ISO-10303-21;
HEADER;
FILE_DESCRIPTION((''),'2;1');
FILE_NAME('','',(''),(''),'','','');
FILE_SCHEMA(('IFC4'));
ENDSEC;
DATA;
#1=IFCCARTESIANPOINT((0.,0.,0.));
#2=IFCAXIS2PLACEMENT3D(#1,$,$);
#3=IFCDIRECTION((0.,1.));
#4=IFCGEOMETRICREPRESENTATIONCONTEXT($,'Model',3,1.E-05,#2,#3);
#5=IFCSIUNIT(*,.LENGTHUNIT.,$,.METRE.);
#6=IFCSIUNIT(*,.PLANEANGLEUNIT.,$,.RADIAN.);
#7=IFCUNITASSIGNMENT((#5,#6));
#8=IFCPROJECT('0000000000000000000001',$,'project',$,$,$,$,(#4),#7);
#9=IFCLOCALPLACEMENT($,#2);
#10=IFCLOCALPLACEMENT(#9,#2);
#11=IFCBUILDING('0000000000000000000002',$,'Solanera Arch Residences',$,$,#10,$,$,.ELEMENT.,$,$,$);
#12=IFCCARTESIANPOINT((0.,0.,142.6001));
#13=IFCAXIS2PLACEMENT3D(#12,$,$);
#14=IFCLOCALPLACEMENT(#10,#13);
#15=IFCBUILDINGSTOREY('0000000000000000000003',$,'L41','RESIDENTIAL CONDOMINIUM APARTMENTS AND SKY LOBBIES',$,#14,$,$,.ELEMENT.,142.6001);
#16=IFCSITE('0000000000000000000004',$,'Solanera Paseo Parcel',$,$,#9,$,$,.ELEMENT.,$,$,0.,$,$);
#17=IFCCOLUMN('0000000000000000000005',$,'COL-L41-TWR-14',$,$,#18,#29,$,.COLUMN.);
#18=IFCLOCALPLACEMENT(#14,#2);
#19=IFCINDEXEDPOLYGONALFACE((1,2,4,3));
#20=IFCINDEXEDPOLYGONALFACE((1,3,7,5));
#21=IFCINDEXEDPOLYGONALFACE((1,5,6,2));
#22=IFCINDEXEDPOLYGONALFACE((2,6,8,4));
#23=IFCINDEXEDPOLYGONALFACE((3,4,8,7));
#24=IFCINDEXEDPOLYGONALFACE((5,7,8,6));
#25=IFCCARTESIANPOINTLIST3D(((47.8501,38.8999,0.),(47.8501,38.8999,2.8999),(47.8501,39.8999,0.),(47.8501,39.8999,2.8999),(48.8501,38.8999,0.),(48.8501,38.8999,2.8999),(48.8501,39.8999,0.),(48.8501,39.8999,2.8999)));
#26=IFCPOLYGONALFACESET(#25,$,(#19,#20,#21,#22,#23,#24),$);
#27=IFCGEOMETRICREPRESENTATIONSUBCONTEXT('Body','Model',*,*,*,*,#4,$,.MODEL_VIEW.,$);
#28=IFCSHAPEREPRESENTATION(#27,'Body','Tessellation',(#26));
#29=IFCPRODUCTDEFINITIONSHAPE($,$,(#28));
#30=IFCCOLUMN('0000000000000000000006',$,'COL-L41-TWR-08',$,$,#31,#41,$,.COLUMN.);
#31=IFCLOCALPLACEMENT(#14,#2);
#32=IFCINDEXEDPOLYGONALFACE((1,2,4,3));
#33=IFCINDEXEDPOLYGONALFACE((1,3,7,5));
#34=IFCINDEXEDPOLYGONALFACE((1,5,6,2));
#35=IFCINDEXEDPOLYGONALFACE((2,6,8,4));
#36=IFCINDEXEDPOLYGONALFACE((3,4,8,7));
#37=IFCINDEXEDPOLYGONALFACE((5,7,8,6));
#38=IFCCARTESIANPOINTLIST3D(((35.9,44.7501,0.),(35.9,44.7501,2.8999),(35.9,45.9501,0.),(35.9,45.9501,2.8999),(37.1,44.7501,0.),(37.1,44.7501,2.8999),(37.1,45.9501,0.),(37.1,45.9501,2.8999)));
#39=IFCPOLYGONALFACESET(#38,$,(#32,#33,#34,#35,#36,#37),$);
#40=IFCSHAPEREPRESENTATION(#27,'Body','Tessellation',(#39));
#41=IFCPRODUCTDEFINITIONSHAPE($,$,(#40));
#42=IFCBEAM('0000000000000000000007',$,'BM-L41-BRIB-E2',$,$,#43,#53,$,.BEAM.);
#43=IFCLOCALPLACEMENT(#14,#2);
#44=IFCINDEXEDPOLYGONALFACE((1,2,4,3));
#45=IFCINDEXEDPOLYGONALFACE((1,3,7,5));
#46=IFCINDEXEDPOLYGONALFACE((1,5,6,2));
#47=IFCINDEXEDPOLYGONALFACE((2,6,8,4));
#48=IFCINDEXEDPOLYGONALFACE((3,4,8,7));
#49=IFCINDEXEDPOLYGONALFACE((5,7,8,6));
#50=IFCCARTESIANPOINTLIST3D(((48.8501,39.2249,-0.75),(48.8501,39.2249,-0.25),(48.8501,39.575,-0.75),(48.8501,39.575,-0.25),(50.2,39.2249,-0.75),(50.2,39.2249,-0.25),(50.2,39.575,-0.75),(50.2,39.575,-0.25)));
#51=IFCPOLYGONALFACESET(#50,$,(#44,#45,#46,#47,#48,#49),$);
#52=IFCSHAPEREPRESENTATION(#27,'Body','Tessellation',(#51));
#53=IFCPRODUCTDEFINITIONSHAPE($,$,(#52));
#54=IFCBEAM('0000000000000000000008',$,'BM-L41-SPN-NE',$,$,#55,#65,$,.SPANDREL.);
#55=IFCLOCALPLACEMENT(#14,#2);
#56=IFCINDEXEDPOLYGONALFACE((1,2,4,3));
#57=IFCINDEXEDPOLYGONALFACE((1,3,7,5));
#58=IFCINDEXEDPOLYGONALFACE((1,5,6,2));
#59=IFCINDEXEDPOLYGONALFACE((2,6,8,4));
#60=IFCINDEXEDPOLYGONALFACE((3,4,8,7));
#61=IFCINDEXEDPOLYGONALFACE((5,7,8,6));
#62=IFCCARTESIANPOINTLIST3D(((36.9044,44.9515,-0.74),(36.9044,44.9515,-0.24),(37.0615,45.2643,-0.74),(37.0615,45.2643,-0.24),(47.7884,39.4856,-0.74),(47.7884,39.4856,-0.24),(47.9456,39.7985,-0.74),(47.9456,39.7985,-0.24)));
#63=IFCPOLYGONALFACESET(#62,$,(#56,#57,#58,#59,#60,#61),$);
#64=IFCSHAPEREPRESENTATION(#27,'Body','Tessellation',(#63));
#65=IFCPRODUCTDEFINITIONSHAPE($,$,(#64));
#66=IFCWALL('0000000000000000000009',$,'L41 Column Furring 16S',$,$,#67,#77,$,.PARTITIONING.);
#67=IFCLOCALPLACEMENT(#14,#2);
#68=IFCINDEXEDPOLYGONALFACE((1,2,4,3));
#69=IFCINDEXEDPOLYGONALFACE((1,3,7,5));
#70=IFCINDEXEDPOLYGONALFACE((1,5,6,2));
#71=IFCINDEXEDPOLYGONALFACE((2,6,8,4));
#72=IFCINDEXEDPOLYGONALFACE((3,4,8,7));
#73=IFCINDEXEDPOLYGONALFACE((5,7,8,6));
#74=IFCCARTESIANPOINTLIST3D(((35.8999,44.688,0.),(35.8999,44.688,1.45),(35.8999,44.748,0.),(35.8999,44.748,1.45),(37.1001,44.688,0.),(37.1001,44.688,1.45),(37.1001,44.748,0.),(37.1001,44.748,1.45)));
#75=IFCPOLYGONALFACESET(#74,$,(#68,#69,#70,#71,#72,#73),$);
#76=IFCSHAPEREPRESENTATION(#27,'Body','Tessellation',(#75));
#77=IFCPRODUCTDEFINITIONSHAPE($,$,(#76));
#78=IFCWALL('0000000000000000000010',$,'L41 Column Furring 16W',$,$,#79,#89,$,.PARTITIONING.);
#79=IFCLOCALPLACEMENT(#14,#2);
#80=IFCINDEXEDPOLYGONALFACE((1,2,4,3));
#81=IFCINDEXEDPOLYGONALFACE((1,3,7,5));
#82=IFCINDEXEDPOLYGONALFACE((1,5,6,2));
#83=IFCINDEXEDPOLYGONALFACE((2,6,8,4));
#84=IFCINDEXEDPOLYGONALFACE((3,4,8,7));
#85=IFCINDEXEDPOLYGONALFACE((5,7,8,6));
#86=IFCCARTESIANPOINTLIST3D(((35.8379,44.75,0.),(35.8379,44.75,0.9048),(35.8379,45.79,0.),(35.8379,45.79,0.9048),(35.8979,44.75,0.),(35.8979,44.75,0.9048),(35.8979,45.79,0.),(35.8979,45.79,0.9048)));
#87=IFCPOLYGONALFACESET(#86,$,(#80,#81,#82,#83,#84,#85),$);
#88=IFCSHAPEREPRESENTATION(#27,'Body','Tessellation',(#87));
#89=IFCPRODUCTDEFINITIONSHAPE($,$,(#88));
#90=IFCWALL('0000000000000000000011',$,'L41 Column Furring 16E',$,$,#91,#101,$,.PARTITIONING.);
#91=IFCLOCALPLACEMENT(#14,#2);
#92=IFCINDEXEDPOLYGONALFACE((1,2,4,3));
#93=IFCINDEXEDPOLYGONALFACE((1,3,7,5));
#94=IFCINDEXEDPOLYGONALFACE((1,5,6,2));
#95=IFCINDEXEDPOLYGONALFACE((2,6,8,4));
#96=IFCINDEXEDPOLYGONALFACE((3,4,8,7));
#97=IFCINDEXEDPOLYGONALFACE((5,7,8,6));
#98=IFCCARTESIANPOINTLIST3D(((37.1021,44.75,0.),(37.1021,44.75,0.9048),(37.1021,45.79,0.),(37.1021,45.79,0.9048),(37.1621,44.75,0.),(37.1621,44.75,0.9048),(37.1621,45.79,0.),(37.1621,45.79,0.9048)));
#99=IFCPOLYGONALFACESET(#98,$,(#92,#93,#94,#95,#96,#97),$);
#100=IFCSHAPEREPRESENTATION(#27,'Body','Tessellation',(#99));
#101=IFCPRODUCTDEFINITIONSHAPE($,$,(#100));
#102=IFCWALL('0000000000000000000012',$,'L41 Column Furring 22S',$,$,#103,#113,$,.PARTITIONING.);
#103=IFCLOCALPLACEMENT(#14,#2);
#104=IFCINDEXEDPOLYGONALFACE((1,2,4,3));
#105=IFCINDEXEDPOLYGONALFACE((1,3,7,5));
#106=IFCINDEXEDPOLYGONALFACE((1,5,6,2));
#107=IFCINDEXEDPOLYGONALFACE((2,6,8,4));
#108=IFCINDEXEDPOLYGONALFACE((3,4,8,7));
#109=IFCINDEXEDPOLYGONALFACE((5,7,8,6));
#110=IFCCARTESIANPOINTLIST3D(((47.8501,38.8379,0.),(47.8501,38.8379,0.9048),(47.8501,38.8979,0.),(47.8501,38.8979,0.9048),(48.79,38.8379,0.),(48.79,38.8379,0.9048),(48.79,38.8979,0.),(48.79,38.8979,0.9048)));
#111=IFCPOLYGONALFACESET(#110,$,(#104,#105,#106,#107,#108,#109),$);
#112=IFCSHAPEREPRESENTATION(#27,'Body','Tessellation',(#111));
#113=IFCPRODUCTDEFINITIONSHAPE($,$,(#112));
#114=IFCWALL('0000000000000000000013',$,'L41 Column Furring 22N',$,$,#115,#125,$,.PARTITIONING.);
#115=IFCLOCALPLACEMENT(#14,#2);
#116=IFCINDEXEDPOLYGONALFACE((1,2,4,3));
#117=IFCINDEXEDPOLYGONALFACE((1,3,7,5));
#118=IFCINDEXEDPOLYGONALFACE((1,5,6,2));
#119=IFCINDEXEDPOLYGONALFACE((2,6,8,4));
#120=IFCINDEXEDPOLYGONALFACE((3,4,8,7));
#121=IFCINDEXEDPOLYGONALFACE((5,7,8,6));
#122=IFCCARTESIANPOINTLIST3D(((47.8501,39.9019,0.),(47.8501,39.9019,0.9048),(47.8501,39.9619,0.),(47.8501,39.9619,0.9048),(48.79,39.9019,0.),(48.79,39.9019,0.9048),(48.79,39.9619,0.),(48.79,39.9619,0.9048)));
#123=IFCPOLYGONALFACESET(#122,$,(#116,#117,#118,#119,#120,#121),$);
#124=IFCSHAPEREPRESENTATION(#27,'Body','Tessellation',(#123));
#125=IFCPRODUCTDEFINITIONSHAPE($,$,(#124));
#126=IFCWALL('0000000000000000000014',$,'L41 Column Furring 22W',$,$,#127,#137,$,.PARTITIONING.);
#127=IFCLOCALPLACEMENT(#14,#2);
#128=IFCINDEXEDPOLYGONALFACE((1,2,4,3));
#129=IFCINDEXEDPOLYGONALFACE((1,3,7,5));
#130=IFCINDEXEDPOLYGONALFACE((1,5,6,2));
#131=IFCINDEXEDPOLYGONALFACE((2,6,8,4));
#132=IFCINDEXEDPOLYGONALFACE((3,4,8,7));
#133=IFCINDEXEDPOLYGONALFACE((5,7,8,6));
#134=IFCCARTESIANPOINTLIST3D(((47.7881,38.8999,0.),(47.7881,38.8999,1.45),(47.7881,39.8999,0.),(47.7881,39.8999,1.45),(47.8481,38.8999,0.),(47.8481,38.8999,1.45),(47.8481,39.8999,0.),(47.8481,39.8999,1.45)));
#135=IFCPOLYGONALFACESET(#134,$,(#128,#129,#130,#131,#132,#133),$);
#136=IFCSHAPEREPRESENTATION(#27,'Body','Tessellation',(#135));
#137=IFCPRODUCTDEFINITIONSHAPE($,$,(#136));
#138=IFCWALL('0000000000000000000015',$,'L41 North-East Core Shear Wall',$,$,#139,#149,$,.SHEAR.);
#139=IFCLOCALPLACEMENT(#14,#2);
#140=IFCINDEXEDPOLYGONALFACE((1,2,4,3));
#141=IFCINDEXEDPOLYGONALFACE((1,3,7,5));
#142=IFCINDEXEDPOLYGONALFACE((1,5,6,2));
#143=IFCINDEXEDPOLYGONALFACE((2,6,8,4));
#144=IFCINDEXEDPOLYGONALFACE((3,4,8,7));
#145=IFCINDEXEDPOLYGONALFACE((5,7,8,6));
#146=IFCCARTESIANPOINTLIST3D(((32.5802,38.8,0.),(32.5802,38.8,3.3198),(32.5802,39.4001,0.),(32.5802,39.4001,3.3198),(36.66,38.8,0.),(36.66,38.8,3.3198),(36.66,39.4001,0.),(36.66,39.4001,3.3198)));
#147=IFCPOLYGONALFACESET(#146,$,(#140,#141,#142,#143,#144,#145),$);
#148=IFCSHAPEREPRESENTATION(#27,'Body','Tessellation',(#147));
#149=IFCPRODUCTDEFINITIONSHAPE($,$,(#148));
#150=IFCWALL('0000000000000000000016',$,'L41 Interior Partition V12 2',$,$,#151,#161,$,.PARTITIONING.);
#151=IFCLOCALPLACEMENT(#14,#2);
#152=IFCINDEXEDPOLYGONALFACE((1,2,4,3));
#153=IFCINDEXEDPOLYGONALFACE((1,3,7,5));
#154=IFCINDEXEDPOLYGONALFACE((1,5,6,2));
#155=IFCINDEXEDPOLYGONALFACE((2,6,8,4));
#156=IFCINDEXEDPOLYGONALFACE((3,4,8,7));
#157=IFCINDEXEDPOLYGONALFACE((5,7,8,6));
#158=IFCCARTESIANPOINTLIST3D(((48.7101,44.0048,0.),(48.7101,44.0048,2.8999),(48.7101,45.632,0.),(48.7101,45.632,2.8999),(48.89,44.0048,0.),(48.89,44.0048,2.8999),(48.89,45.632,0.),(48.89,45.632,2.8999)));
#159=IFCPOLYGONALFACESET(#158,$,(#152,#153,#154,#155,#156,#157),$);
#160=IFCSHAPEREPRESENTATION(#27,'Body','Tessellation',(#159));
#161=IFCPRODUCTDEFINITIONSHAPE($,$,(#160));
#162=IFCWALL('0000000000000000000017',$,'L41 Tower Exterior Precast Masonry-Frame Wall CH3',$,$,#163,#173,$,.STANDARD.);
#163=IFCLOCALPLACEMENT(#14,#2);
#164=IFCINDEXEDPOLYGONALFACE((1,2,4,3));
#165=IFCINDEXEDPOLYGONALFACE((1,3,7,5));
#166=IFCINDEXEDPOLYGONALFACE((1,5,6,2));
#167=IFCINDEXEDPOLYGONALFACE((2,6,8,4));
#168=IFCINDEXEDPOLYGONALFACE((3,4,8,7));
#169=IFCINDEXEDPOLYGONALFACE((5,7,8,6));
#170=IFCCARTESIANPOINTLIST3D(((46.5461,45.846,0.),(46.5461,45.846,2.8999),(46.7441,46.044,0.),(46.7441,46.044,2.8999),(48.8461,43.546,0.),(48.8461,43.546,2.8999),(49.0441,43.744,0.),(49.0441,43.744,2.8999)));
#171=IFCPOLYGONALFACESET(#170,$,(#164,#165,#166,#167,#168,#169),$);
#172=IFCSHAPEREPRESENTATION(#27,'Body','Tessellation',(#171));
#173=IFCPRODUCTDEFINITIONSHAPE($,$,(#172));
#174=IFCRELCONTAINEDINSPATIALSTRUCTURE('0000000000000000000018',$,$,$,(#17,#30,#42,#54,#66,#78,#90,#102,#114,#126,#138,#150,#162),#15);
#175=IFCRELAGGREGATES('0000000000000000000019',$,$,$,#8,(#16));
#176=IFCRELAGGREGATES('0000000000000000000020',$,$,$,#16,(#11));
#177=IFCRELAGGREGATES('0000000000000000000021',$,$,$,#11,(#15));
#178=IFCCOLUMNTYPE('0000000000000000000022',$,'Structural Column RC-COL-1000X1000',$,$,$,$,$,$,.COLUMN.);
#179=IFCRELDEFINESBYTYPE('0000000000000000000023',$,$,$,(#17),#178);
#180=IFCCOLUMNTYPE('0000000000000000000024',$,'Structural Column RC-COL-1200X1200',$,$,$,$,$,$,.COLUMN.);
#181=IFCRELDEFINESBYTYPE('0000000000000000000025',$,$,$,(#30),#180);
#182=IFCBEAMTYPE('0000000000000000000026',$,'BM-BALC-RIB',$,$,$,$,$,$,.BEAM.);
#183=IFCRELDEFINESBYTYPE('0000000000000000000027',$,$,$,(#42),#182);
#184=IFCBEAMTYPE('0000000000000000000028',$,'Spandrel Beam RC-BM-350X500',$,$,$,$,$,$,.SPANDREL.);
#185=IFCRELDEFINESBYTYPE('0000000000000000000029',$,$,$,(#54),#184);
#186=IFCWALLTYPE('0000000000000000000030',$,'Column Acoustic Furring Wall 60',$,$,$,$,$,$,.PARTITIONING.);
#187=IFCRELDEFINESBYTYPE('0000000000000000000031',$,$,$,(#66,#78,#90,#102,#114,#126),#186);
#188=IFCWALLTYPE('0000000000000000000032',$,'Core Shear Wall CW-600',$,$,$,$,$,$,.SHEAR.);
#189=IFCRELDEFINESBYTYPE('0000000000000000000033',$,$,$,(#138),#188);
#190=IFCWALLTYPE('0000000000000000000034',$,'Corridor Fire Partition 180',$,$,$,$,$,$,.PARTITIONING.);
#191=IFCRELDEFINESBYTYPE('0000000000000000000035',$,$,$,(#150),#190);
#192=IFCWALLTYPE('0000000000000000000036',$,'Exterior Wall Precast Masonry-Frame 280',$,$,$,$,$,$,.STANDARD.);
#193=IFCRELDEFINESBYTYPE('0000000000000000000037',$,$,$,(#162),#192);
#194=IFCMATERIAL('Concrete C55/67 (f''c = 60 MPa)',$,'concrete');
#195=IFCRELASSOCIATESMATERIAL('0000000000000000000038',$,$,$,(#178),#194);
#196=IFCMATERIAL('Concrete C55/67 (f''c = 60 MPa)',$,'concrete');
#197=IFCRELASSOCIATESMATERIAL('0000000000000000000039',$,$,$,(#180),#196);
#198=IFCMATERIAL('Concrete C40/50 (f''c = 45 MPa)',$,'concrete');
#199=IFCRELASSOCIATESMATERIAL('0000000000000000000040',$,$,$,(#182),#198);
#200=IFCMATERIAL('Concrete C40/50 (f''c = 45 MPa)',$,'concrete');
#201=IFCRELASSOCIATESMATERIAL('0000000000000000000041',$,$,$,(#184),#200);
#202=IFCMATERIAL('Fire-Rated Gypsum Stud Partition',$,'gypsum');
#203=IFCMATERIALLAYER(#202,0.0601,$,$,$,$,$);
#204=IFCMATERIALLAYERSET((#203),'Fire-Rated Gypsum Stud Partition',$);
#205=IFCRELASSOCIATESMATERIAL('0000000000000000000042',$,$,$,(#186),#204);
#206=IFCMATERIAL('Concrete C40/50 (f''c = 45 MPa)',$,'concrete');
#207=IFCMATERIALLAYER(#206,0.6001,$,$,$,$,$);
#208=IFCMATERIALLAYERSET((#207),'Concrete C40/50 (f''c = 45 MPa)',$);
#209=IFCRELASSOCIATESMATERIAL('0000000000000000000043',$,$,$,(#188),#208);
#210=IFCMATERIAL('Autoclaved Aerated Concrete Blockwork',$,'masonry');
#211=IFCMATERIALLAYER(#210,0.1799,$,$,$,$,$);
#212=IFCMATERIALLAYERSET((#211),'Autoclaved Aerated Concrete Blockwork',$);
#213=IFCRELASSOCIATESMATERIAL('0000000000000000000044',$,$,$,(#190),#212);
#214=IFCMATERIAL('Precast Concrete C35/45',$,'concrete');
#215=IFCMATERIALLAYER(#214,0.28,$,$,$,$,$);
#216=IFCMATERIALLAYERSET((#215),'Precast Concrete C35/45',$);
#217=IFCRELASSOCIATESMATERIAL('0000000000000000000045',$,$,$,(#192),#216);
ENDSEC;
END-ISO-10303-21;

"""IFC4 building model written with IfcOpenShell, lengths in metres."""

from ifc_helpers import new_model, si_unit, direction, frame, frame_2d, origin, origin_2d, place, context, subcontext, project, spatial, rectangle, extrude, material, layer, layer_set, material_profile, profile_set, type_object, element, save


model = new_model("IFC4")

# Units and contexts
model_context = context("Model", 3, precision=1e-05, world=origin(), true_north=direction((0.0, 1.0)))
body_context = subcontext(model_context, "Body", "Model", "MODEL_VIEW")
ifc_project = project(units=[si_unit("LENGTHUNIT", "METRE"), si_unit("PLANEANGLEUNIT", "RADIAN")], contexts=[model_context])

# Site, building, storey
site_placement = place(None, origin())
site = spatial("IfcSite", under=ifc_project, at=site_placement, Name="Solanera Paseo Parcel", CompositionType="ELEMENT", RefElevation=0.0)
building_placement = place(site_placement, origin())
building = spatial("IfcBuilding", under=site, at=building_placement, Name="Solanera Arch Residences", CompositionType="ELEMENT")
storey_placement = place(building_placement, frame((0.0, 0.0, 142.6001)))
storey = spatial("IfcBuildingStorey", under=building, at=storey_placement, Name="L41", Description="RESIDENTIAL CONDOMINIUM APARTMENTS AND SKY LOBBIES", CompositionType="ELEMENT", Elevation=142.6001)

# Columns
ifc_material_1 = material(Name="Concrete C55/67 (f'c = 60 MPa)", Category="concrete")
ifc_material_profile_1 = material_profile(ifc_material_1, rectangle(XDim=1.0, YDim=1.0, at=origin_2d()))
ifc_profile_set_1 = profile_set([ifc_material_profile_1], Name="Concrete C55/67 (f'c = 60 MPa)")
column_type_1 = type_object("IfcColumnType", Name="Structural Column RC-COL-1000X1000", PredefinedType="COLUMN", material=ifc_profile_set_1)
column_1_placement = place(storey_placement, frame((48.3501, 39.3999, 0.0), z_axis=(0.0, 0.0, 1.0), x_axis=(1.0, 0.0, 0.0)))
element("IfcColumn", 1, at=column_1_placement, inside=storey, type_object=column_type_1, Name="COL-L41-TWR-14", PredefinedType="COLUMN", context=body_context, shape_type="SweptSolid", body=[
    extrude(rectangle(XDim=1.0, YDim=1.0, at=origin_2d()), origin(), (0.0, 0.0, 1.0), 2.8999),
])
ifc_material_2 = material(Name="Concrete C55/67 (f'c = 60 MPa)", Category="concrete")
ifc_material_profile_2 = material_profile(ifc_material_2, rectangle(XDim=1.2, YDim=1.2, at=origin_2d()))
ifc_profile_set_2 = profile_set([ifc_material_profile_2], Name="Concrete C55/67 (f'c = 60 MPa)")
column_type_2 = type_object("IfcColumnType", Name="Structural Column RC-COL-1200X1200", PredefinedType="COLUMN", material=ifc_profile_set_2)
column_2_placement = place(storey_placement, frame((36.5, 45.3501, 0.0), z_axis=(0.0, 0.0, 1.0), x_axis=(1.0, 0.0, 0.0)))
element("IfcColumn", 2, at=column_2_placement, inside=storey, type_object=column_type_2, Name="COL-L41-TWR-08", PredefinedType="COLUMN", context=body_context, shape_type="SweptSolid", body=[
    extrude(rectangle(XDim=1.2, YDim=1.2, at=origin_2d()), origin(), (0.0, 0.0, 1.0), 2.8999),
])

# Beams
ifc_material_3 = material(Name="Concrete C40/50 (f'c = 45 MPa)", Category="concrete")
ifc_material_profile_3 = material_profile(ifc_material_3, rectangle(XDim=0.3501, YDim=0.5, at=origin_2d()))
ifc_profile_set_3 = profile_set([ifc_material_profile_3], Name="Concrete C40/50 (f'c = 45 MPa)")
beam_type_1 = type_object("IfcBeamType", Name="BM-BALC-RIB", PredefinedType="BEAM", material=ifc_profile_set_3)
beam_1_placement = place(storey_placement, frame((48.8501, 39.3999, -0.5), z_axis=(1.0, 0.0, 0.0), x_axis=(0.0, 1.0, 0.0)))
element("IfcBeam", 3, at=beam_1_placement, inside=storey, type_object=beam_type_1, Name="BM-L41-BRIB-E2", PredefinedType="BEAM", context=body_context, shape_type="SweptSolid", body=[
    extrude(rectangle(XDim=0.3501, YDim=0.5, at=origin_2d()), origin(), (0.0, 0.0, 1.0), 1.3499),
])
ifc_material_4 = material(Name="Concrete C40/50 (f'c = 45 MPa)", Category="concrete")
ifc_material_profile_4 = material_profile(ifc_material_4, rectangle(XDim=0.3501, YDim=0.5, at=origin_2d()))
ifc_profile_set_4 = profile_set([ifc_material_profile_4], Name="Concrete C40/50 (f'c = 45 MPa)")
beam_type_2 = type_object("IfcBeamType", Name="Spandrel Beam RC-BM-350X500", PredefinedType="SPANDREL", material=ifc_profile_set_4)
beam_2_placement = place(storey_placement, frame((36.9829, 45.1079, -0.49), z_axis=(0.893644, -0.448776, 0.0), x_axis=(0.448776, 0.893644, 0.0)))
element("IfcBeam", 4, at=beam_2_placement, inside=storey, type_object=beam_type_2, Name="BM-L41-SPN-NE", PredefinedType="SPANDREL", context=body_context, shape_type="SweptSolid", body=[
    extrude(rectangle(XDim=0.3501, YDim=0.5, at=origin_2d()), origin(), (0.0, 0.0, 1.0), 12.1794),
])

# Walls
ifc_material_5 = material(Name="Fire-Rated Gypsum Stud Partition", Category="gypsum")
ifc_layer_1 = layer(ifc_material_5, 0.0601)
ifc_layer_set_1 = layer_set([ifc_layer_1], Name="Fire-Rated Gypsum Stud Partition")
wall_type_1 = type_object("IfcWallType", Name="Column Acoustic Furring Wall 60", PredefinedType="PARTITIONING", material=ifc_layer_set_1)
wall_1_placement = place(storey_placement, frame((35.8999, 44.718, 0.0), z_axis=(0.0, 0.0, 1.0), x_axis=(1.0, 0.0, 0.0)))
element("IfcWall", 5, at=wall_1_placement, inside=storey, type_object=wall_type_1, Name="L41 Column Furring 16S", PredefinedType="PARTITIONING", context=body_context, shape_type="SweptSolid", body=[
    extrude(rectangle(XDim=1.2002, YDim=0.0601, at=frame_2d((0.6001, 0.0))), origin(), (0.0, 0.0, 1.0), 1.45),
])
for number, where, z_axis, x_axis, name in (
    (6, (35.8679, 44.75, 0.0), (0.0, 0.0, 1.0), (0.0, 1.0, 0.0), "L41 Column Furring 16W"),
    (7, (37.1321, 44.75, 0.0), (0.0, 0.0, 1.0), (0.0, 1.0, 0.0), "L41 Column Furring 16E"),
):
    element("IfcWall", number, at=place(storey_placement, frame(where, z_axis=z_axis, x_axis=x_axis)), inside=storey, type_object=wall_type_1, Name=name, PredefinedType="PARTITIONING", context=body_context, shape_type="SweptSolid", body=[
        extrude(rectangle(XDim=1.04, YDim=0.0601, at=frame_2d((0.52, 0.0))), origin(), (0.0, 0.0, 1.0), 0.9048),
    ])
for number, where, z_axis, x_axis, name in (
    (8, (47.8501, 38.8679, 0.0), (0.0, 0.0, 1.0), (1.0, 0.0, 0.0), "L41 Column Furring 22S"),
    (9, (47.8501, 39.9319, 0.0), (0.0, 0.0, 1.0), (1.0, 0.0, 0.0), "L41 Column Furring 22N"),
):
    element("IfcWall", number, at=place(storey_placement, frame(where, z_axis=z_axis, x_axis=x_axis)), inside=storey, type_object=wall_type_1, Name=name, PredefinedType="PARTITIONING", context=body_context, shape_type="SweptSolid", body=[
        extrude(rectangle(XDim=0.9399, YDim=0.0601, at=frame_2d((0.47, 0.0))), origin(), (0.0, 0.0, 1.0), 0.9048),
    ])
wall_2_placement = place(storey_placement, frame((47.8181, 38.8999, 0.0), z_axis=(0.0, 0.0, 1.0), x_axis=(0.0, 1.0, 0.0)))
element("IfcWall", 10, at=wall_2_placement, inside=storey, type_object=wall_type_1, Name="L41 Column Furring 22W", PredefinedType="PARTITIONING", context=body_context, shape_type="SweptSolid", body=[
    extrude(rectangle(XDim=1.0, YDim=0.0601, at=frame_2d((0.5, 0.0))), origin(), (0.0, 0.0, 1.0), 1.45),
])
ifc_material_6 = material(Name="Concrete C40/50 (f'c = 45 MPa)", Category="concrete")
ifc_layer_2 = layer(ifc_material_6, 0.6001)
ifc_layer_set_2 = layer_set([ifc_layer_2], Name="Concrete C40/50 (f'c = 45 MPa)")
wall_type_2 = type_object("IfcWallType", Name="Core Shear Wall CW-600", PredefinedType="SHEAR", material=ifc_layer_set_2)
wall_3_placement = place(storey_placement, frame((32.5801, 39.1001, 0.0), z_axis=(0.0, 0.0, 1.0), x_axis=(1.0, 0.0, 0.0)))
element("IfcWall", 11, at=wall_3_placement, inside=storey, type_object=wall_type_2, Name="L41 North-East Core Shear Wall", PredefinedType="SHEAR", context=body_context, shape_type="SweptSolid", body=[
    extrude(rectangle(XDim=4.0798, YDim=0.6001, at=frame_2d((2.04, 0.0))), origin(), (0.0, 0.0, 1.0), 3.3198),
])
ifc_material_7 = material(Name="Autoclaved Aerated Concrete Blockwork", Category="masonry")
ifc_layer_3 = layer(ifc_material_7, 0.1799)
ifc_layer_set_3 = layer_set([ifc_layer_3], Name="Autoclaved Aerated Concrete Blockwork")
wall_type_3 = type_object("IfcWallType", Name="Corridor Fire Partition 180", PredefinedType="PARTITIONING", material=ifc_layer_set_3)
wall_4_placement = place(storey_placement, frame((48.8, 44.0049, 0.0), z_axis=(0.0, 0.0, 1.0), x_axis=(0.0, 1.0, 0.0)))
element("IfcWall", 12, at=wall_4_placement, inside=storey, type_object=wall_type_3, Name="L41 Interior Partition V12 2", PredefinedType="PARTITIONING", context=body_context, shape_type="SweptSolid", body=[
    extrude(rectangle(XDim=1.6272, YDim=0.1799, at=frame_2d((0.8135, 0.0))), origin(), (0.0, 0.0, 1.0), 2.8999),
])
ifc_material_8 = material(Name="Precast Concrete C35/45", Category="concrete")
ifc_layer_4 = layer(ifc_material_8, 0.28)
ifc_layer_set_4 = layer_set([ifc_layer_4], Name="Precast Concrete C35/45")
wall_type_4 = type_object("IfcWallType", Name="Exterior Wall Precast Masonry-Frame 280", PredefinedType="STANDARD", material=ifc_layer_set_4)
wall_5_placement = place(storey_placement, frame((46.645, 45.9451, 0.0), z_axis=(0.0, 0.0, 1.0), x_axis=(0.707107, -0.707107, 0.0)))
element("IfcWall", 13, at=wall_5_placement, inside=storey, type_object=wall_type_4, Name="L41 Tower Exterior Precast Masonry-Frame Wall CH3", PredefinedType="STANDARD", context=body_context, shape_type="SweptSolid", body=[
    extrude(rectangle(XDim=3.2527, YDim=0.28, at=frame_2d((1.6265, 0.0))), origin(), (0.0, 0.0, 1.0), 2.8999),
])

save(model, "model.ifc")
